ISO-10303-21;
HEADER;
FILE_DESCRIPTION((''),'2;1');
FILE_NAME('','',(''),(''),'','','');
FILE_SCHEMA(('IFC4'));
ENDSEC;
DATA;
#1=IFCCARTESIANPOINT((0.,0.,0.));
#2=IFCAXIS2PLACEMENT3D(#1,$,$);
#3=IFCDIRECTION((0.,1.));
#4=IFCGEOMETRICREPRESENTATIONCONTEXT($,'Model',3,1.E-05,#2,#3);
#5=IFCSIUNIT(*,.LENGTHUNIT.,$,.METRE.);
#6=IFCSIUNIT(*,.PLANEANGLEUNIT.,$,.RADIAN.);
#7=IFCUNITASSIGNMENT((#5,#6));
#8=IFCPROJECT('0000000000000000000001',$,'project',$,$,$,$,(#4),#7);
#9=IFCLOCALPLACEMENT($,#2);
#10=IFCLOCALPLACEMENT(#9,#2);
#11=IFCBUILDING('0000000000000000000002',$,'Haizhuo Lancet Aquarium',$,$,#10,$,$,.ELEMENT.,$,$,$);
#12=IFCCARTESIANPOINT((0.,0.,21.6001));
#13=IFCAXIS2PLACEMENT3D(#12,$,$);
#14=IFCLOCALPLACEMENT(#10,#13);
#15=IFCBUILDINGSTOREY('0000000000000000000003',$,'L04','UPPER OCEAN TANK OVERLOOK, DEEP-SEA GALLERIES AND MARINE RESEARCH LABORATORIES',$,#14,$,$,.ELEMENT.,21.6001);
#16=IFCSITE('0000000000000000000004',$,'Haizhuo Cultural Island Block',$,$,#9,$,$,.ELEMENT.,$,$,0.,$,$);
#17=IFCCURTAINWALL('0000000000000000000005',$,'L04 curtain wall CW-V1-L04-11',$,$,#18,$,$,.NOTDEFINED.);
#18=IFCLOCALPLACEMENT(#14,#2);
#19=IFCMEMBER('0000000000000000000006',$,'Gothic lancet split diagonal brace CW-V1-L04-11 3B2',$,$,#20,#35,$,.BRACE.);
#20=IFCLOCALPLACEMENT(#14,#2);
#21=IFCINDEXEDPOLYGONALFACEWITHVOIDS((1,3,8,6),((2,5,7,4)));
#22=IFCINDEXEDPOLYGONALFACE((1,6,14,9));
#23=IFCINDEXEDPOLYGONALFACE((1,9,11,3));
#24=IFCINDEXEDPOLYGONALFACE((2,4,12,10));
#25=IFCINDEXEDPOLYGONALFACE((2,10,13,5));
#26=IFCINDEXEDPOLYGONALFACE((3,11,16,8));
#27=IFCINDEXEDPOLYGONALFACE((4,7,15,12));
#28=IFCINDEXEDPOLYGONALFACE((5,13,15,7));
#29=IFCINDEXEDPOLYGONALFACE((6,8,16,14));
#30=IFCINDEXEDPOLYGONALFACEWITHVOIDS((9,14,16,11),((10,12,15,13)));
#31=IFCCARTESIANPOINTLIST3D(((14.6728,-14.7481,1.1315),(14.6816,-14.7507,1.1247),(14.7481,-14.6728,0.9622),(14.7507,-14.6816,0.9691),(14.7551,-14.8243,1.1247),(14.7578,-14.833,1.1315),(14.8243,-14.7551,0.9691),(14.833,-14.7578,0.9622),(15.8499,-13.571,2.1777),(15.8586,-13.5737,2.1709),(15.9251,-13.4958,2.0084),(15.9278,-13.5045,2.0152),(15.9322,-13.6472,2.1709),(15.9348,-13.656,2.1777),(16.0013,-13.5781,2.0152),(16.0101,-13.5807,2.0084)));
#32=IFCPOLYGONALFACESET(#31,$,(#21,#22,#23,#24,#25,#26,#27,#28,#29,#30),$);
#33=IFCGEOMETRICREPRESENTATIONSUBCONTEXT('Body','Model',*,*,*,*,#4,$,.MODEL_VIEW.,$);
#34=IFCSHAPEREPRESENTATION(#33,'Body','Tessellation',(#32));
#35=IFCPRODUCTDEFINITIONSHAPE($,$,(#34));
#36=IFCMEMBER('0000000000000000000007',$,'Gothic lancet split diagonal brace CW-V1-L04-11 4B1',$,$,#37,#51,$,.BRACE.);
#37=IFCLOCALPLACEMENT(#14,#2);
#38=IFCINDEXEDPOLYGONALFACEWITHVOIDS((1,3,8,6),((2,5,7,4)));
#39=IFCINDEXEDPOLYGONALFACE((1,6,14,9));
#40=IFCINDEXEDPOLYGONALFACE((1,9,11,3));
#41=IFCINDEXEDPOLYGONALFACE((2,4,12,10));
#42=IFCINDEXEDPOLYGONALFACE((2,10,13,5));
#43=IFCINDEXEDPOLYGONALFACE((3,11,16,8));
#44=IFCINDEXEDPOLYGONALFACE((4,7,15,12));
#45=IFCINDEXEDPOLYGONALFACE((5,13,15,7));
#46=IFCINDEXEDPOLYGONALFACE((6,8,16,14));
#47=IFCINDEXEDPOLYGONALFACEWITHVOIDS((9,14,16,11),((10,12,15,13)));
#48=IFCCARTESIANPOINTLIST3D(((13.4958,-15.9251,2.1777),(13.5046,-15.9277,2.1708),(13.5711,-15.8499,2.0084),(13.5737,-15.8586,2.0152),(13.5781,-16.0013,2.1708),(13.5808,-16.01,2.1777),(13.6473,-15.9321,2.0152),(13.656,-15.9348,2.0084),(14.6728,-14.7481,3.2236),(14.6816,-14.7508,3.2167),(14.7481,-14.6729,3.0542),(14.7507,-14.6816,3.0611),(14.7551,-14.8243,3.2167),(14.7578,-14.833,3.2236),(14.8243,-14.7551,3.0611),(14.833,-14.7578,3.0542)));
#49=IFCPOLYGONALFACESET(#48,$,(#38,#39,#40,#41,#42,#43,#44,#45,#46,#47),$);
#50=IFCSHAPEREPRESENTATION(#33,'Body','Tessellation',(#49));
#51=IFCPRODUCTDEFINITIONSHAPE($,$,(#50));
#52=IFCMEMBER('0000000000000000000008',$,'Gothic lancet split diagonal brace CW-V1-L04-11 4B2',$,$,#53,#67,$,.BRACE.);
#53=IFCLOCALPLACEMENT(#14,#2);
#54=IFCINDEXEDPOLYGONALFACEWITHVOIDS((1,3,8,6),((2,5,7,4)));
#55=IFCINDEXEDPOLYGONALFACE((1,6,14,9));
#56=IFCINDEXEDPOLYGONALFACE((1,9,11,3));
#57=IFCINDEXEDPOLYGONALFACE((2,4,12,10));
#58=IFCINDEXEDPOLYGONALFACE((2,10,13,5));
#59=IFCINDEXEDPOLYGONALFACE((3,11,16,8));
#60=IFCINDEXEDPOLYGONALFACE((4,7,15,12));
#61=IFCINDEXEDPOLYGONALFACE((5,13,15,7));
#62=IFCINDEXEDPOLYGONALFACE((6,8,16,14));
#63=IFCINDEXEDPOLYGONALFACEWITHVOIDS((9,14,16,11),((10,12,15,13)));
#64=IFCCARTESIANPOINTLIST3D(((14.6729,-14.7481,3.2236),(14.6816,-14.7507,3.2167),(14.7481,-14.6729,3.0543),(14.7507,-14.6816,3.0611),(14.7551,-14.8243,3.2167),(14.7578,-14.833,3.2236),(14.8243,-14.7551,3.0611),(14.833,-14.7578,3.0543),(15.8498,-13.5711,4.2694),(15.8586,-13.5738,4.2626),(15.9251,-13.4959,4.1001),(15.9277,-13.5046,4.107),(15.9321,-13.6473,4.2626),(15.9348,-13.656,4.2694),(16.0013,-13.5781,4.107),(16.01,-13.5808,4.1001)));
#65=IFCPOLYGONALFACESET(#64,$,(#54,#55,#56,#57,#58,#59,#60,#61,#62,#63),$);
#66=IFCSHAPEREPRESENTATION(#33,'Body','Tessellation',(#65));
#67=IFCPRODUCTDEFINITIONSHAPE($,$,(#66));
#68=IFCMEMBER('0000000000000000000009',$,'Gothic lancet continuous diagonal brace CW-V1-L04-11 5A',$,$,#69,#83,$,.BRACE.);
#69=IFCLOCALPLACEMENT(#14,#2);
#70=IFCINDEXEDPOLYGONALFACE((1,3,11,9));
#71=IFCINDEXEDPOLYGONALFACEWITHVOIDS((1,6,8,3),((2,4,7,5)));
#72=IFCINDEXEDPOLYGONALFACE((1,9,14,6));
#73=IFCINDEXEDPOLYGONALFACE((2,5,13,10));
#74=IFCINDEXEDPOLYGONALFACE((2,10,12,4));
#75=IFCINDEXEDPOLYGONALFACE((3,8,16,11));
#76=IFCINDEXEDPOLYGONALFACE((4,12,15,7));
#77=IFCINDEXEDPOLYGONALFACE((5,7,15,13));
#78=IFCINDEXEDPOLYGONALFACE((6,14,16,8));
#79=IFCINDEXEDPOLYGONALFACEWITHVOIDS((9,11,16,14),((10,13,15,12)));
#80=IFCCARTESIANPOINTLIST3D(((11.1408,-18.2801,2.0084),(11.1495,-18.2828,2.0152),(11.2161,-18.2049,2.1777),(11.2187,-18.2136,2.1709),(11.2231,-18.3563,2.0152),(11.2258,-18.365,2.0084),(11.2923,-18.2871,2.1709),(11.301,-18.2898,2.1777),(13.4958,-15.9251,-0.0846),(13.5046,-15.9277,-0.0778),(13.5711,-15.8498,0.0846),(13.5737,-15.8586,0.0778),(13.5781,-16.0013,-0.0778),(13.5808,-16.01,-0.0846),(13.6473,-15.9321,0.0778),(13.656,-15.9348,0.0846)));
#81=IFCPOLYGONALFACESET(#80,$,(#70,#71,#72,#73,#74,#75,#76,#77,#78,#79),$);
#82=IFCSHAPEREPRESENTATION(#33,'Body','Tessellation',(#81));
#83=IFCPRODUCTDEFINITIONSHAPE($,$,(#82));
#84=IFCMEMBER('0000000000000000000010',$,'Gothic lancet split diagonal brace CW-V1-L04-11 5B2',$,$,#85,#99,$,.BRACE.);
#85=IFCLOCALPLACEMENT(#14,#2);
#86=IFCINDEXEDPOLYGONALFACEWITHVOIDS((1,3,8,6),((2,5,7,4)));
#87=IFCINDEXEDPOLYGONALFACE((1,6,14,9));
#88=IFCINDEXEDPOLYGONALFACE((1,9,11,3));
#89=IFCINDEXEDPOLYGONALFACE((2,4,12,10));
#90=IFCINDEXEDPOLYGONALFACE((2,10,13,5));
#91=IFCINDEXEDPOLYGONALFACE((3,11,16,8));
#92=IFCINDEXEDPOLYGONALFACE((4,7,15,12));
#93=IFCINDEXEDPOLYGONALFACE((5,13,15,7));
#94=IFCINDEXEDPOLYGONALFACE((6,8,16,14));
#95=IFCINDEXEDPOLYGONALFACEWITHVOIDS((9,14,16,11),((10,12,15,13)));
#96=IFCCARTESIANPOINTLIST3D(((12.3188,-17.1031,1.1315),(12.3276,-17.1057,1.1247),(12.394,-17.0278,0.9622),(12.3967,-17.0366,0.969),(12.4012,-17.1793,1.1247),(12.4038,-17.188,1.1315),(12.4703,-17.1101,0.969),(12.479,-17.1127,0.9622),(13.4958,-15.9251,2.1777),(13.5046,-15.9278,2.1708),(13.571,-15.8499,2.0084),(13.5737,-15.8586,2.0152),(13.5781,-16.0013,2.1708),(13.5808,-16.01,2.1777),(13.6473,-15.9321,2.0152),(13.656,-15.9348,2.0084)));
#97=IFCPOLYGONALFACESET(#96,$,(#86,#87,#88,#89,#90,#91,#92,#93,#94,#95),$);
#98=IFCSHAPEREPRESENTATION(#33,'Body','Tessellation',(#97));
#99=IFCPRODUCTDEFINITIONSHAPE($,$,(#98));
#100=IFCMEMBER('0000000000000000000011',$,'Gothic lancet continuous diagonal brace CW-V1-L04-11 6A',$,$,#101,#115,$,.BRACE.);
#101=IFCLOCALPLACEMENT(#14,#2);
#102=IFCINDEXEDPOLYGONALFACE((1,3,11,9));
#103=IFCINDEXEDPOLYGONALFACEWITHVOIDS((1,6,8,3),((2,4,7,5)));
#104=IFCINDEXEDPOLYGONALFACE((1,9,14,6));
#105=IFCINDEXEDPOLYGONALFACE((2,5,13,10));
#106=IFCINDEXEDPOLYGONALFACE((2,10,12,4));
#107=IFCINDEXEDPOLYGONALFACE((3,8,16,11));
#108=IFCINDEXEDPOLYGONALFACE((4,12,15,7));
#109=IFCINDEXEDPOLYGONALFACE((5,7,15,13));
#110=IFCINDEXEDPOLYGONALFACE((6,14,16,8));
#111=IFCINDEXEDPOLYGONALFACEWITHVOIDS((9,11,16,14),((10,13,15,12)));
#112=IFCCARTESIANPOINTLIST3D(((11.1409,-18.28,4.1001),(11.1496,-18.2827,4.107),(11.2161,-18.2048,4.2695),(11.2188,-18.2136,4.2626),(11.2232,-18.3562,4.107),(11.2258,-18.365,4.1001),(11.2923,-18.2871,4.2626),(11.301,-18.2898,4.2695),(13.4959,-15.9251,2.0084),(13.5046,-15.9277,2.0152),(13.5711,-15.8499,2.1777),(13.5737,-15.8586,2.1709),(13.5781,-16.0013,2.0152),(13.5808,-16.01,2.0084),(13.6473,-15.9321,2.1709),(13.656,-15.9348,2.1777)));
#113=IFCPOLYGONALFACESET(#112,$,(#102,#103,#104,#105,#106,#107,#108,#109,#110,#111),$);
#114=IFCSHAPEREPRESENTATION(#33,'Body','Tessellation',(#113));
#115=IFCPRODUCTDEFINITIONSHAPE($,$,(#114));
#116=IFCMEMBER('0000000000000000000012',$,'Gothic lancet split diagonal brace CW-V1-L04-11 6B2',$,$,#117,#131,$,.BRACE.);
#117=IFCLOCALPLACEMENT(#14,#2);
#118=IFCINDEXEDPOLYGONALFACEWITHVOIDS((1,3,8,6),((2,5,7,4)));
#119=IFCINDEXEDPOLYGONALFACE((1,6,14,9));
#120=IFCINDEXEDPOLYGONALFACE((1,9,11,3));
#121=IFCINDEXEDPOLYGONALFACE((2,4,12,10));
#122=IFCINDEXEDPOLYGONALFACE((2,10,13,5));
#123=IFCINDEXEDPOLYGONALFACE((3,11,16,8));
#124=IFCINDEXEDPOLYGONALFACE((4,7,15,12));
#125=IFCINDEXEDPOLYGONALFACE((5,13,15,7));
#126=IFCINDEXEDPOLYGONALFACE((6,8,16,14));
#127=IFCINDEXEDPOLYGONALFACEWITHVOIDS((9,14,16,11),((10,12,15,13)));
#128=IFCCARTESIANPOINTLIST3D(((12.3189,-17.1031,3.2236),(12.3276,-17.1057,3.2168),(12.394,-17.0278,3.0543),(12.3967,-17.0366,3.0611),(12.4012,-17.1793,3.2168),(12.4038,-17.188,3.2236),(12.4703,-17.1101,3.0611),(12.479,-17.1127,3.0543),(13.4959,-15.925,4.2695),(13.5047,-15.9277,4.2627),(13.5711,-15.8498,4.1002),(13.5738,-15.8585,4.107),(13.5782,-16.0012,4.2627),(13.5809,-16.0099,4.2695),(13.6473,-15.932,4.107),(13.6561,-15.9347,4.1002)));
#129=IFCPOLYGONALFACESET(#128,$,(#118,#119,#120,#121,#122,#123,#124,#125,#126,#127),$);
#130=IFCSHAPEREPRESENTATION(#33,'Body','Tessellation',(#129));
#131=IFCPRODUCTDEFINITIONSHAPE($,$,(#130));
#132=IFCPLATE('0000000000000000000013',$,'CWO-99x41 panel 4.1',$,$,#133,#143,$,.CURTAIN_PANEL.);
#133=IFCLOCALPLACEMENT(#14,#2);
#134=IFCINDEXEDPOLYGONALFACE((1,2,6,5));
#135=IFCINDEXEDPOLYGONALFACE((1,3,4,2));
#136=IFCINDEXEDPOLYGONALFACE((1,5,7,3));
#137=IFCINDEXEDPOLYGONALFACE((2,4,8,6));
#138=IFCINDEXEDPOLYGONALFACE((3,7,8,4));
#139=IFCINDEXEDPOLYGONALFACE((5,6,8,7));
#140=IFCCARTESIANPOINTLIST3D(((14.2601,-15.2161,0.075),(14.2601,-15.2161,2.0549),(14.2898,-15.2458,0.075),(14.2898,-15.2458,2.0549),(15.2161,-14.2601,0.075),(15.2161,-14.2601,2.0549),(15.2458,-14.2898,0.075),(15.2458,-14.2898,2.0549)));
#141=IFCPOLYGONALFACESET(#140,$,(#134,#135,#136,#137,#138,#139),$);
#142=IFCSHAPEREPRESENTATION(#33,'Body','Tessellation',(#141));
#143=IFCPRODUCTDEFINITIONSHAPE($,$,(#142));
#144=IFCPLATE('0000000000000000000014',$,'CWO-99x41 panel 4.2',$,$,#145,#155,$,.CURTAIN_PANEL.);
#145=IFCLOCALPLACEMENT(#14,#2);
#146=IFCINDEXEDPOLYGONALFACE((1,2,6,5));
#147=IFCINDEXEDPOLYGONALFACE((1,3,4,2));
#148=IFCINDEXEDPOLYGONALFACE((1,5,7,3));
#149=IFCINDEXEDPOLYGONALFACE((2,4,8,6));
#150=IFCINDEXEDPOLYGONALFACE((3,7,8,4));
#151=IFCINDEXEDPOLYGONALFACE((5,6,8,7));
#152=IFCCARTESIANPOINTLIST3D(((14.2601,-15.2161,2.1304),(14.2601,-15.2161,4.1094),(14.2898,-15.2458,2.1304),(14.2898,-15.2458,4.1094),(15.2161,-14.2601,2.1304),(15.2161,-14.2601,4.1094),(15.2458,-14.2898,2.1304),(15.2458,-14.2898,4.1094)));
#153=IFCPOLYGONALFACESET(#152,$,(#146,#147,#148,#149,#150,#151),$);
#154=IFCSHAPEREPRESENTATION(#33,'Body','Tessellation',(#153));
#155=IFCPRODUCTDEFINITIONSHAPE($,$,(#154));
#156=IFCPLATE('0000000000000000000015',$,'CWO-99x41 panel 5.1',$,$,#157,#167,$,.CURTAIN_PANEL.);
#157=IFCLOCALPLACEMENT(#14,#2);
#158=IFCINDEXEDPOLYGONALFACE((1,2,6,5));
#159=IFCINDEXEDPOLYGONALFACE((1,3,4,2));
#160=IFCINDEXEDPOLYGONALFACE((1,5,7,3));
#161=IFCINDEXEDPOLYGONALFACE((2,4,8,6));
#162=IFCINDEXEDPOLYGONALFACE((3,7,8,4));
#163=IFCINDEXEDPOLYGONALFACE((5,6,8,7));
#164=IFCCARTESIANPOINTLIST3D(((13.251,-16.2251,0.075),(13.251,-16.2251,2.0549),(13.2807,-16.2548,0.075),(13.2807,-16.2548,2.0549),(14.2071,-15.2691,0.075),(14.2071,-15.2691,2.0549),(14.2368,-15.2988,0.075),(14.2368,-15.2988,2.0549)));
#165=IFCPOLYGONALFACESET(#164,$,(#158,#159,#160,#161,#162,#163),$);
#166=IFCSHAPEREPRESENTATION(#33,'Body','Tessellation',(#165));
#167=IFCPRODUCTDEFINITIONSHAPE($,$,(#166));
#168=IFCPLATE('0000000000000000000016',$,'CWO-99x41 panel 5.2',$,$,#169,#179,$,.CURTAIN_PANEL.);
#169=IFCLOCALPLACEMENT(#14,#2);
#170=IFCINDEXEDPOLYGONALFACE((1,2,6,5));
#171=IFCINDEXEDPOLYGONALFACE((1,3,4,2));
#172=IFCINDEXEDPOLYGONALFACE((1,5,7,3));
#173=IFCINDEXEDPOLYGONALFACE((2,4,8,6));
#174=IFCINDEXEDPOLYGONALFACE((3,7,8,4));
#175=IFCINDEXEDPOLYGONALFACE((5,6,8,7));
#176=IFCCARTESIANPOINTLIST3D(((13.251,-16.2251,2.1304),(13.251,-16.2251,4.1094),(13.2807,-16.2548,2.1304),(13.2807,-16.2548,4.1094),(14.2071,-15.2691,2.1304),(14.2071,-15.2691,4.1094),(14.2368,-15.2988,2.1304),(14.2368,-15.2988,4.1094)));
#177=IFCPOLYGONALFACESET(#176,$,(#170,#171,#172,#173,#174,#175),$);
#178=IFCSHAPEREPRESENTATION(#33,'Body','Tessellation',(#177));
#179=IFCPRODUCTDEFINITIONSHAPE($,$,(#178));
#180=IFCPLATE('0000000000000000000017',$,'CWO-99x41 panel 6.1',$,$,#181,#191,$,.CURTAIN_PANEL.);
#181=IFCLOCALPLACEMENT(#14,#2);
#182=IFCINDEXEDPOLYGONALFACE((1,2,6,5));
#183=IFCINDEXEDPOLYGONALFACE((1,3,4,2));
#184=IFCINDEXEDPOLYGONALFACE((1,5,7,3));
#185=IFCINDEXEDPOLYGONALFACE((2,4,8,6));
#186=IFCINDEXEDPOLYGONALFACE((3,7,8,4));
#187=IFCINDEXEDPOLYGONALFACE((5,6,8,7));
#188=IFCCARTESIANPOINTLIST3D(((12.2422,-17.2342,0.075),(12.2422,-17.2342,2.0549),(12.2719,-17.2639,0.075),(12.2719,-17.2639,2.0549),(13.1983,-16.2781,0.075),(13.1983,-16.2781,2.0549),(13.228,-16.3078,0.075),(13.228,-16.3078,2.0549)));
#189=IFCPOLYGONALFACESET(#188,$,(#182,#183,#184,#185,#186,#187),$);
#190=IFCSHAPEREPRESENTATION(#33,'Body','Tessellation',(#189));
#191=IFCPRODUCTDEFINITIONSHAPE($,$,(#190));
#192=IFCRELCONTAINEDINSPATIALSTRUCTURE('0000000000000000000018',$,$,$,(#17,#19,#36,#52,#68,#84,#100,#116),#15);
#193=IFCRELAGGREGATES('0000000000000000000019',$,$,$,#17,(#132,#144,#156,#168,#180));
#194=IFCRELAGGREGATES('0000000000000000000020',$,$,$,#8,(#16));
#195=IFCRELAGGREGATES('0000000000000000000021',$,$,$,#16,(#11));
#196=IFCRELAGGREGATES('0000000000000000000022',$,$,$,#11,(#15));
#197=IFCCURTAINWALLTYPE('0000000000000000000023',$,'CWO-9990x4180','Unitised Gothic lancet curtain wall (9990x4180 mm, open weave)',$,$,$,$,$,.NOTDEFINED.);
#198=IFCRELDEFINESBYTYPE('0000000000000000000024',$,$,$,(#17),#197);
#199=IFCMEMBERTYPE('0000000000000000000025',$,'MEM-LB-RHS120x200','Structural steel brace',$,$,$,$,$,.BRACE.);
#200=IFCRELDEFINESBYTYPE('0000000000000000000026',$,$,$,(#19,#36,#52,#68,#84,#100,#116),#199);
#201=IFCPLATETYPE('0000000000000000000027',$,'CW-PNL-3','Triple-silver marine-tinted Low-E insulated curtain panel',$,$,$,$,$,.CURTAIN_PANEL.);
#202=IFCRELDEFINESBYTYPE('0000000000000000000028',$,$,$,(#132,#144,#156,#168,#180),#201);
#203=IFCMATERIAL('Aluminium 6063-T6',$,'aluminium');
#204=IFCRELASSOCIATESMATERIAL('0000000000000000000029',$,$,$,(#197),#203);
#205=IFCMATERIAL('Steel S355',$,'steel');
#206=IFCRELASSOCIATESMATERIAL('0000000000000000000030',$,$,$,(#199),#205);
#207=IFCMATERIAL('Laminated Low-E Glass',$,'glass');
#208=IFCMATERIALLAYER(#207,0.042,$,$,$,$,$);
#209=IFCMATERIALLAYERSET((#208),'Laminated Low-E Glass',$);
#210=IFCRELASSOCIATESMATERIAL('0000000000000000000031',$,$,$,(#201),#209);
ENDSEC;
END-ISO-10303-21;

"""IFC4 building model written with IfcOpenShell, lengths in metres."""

from ifc_helpers import new_model, si_unit, direction, frame, origin, origin_2d, place, context, subcontext, project, spatial, rectangle, hollow_rectangle, extrude, material, layer, layer_set, material_profile, profile_set, type_object, element, aggregate, save


model = new_model("IFC4")

# Units and contexts
model_context = context("Model", 3, precision=1e-05, world=origin(), true_north=direction((0.0, 1.0)))
body_context = subcontext(model_context, "Body", "Model", "MODEL_VIEW")
ifc_project = project(units=[si_unit("LENGTHUNIT", "METRE"), si_unit("PLANEANGLEUNIT", "RADIAN")], contexts=[model_context])

# Site, building, storey
site_placement = place(None, origin())
site = spatial("IfcSite", under=ifc_project, at=site_placement, Name="Haizhuo Cultural Island Block", CompositionType="ELEMENT", RefElevation=0.0)
building_placement = place(site_placement, origin())
building = spatial("IfcBuilding", under=site, at=building_placement, Name="Haizhuo Lancet Aquarium", CompositionType="ELEMENT")
storey_placement = place(building_placement, frame((0.0, 0.0, 21.6001)))
storey = spatial("IfcBuildingStorey", under=building, at=storey_placement, Name="L04", Description="UPPER OCEAN TANK OVERLOOK, DEEP-SEA GALLERIES AND MARINE RESEARCH LABORATORIES", CompositionType="ELEMENT", Elevation=21.6001)

# Curtain wall
ifc_material_1 = material(Name="Aluminium 6063-T6", Category="aluminium")
curtain_wall_type = type_object("IfcCurtainWallType", Name="CWO-9990x4180", Description="Unitised Gothic lancet curtain wall (9990x4180 mm, open weave)", PredefinedType="NOTDEFINED", material=ifc_material_1)
curtain_wall_placement = place(storey_placement, origin())
curtain_wall = element("IfcCurtainWall", 1, at=curtain_wall_placement, inside=storey, type_object=curtain_wall_type, Name="L04 curtain wall CW-V1-L04-11", PredefinedType="NOTDEFINED")

# Members
ifc_material_2 = material(Name="Steel S355", Category="steel")
ifc_material_profile_1 = material_profile(ifc_material_2, hollow_rectangle(XDim=0.1201, YDim=0.2, WallThickness=0.0081, at=origin_2d()), Name="RHS 120x200x8")
ifc_profile_set_1 = profile_set([ifc_material_profile_1], Name="Steel S355")
member_type_1 = type_object("IfcMemberType", Name="MEM-LB-RHS120x200", Description="Structural steel brace", PredefinedType="BRACE", material=ifc_profile_set_1)
member_1_placement = place(storey_placement, frame((14.7529, -14.7529, 1.0469), z_axis=(0.598684, 0.598684, 0.532122), x_axis=(-0.707107, 0.707107, 0.0)))
element("IfcMember", 2, at=member_1_placement, inside=storey, type_object=member_type_1, Name="Gothic lancet split diagonal brace CW-V1-L04-11 3B2", PredefinedType="BRACE", context=body_context, shape_type="SweptSolid", body=[
    extrude(hollow_rectangle(XDim=0.1201, YDim=0.2, WallThickness=0.0081, at=origin_2d()), origin(), (0.0, 0.0, 1.0), 1.9661),
])
for number, where, z_axis, x_axis, name in (
    (3, (13.5759, -15.9299, 2.093), (0.598724, 0.598724, 0.532033), (-0.707107, 0.707107, 0.0), "Gothic lancet split diagonal brace CW-V1-L04-11 4B1"),
    (4, (14.7529, -14.7529, 3.1389), (0.598724, 0.598724, 0.532033), (-0.707107, 0.707107, 0.0), "Gothic lancet split diagonal brace CW-V1-L04-11 4B2"),
):
    element("IfcMember", number, at=place(storey_placement, frame(where, z_axis=z_axis, x_axis=x_axis)), inside=storey, type_object=member_type_1, Name=name, PredefinedType="BRACE", context=body_context, shape_type="SweptSolid", body=[
        extrude(hollow_rectangle(XDim=0.1201, YDim=0.2, WallThickness=0.0081, at=origin_2d()), origin(), (0.0, 0.0, 1.0), 1.9658),
    ])
member_2_placement = place(storey_placement, frame((13.5759, -15.9299, 0.0), z_axis=(-0.598695, -0.598695, 0.532098), x_axis=(0.707107, -0.707107, 0.0)))
element("IfcMember", 5, at=member_2_placement, inside=storey, type_object=member_type_1, Name="Gothic lancet continuous diagonal brace CW-V1-L04-11 5A", PredefinedType="BRACE", context=body_context, shape_type="SweptSolid", body=[
    extrude(hollow_rectangle(XDim=0.1201, YDim=0.2, WallThickness=0.0081, at=origin_2d()), origin(), (0.0, 0.0, 1.0), 3.9336),
])
member_3_placement = place(storey_placement, frame((12.3989, -17.1079, 1.0469), z_axis=(0.598506, 0.599003, 0.531964), x_axis=(-0.7074, 0.706813, 0.0)))
element("IfcMember", 6, at=member_3_placement, inside=storey, type_object=member_type_1, Name="Gothic lancet split diagonal brace CW-V1-L04-11 5B2", PredefinedType="BRACE", context=body_context, shape_type="SweptSolid", body=[
    extrude(hollow_rectangle(XDim=0.1201, YDim=0.2, WallThickness=0.0081, at=origin_2d()), origin(), (0.0, 0.0, 1.0), 1.9666),
])
member_4_placement = place(storey_placement, frame((13.5759, -15.9299, 2.093), z_axis=(-0.598794, -0.598794, 0.531875), x_axis=(0.707107, -0.707107, 0.0)))
element("IfcMember", 7, at=member_4_placement, inside=storey, type_object=member_type_1, Name="Gothic lancet continuous diagonal brace CW-V1-L04-11 6A", PredefinedType="BRACE", context=body_context, shape_type="SweptSolid", body=[
    extrude(hollow_rectangle(XDim=0.1201, YDim=0.2, WallThickness=0.0081, at=origin_2d()), origin(), (0.0, 0.0, 1.0), 3.9329),
])
member_5_placement = place(storey_placement, frame((12.3989, -17.1079, 3.1389), z_axis=(0.598546, 0.599042, 0.531875), x_axis=(-0.7074, 0.706813, 0.0)))
element("IfcMember", 8, at=member_5_placement, inside=storey, type_object=member_type_1, Name="Gothic lancet split diagonal brace CW-V1-L04-11 6B2", PredefinedType="BRACE", context=body_context, shape_type="SweptSolid", body=[
    extrude(hollow_rectangle(XDim=0.1201, YDim=0.2, WallThickness=0.0081, at=origin_2d()), origin(), (0.0, 0.0, 1.0), 1.9666),
])

# Plates
ifc_material_3 = material(Name="Laminated Low-E Glass", Category="glass")
ifc_layer = layer(ifc_material_3, 0.042)
ifc_layer_set = layer_set([ifc_layer], Name="Laminated Low-E Glass")
plate_type = type_object("IfcPlateType", Name="CW-PNL-3", Description="Triple-silver marine-tinted Low-E insulated curtain panel", PredefinedType="CURTAIN_PANEL", material=ifc_layer_set)
plate_1_placement = place(storey_placement, frame((14.7529, -14.7529, 0.075), z_axis=(0.0, 0.0, 1.0), x_axis=(-0.707107, -0.707107, 0.0)))
plate_1 = element("IfcPlate", 9, at=plate_1_placement, type_object=plate_type, Name="CWO-99x41 panel 4.1", PredefinedType="CURTAIN_PANEL", context=body_context, shape_type="SweptSolid", body=[
    extrude(rectangle(XDim=1.3521, YDim=0.042, at=origin_2d()), origin(), (0.0, 0.0, 1.0), 1.98),
])
plate_2_placement = place(storey_placement, frame((14.7529, -14.7529, 2.1304), z_axis=(0.0, 0.0, 1.0), x_axis=(-0.707107, -0.707107, 0.0)))
plate_2 = element("IfcPlate", 10, at=plate_2_placement, type_object=plate_type, Name="CWO-99x41 panel 4.2", PredefinedType="CURTAIN_PANEL", context=body_context, shape_type="SweptSolid", body=[
    extrude(rectangle(XDim=1.3521, YDim=0.042, at=origin_2d()), origin(), (0.0, 0.0, 1.0), 1.979),
])
plate_3_placement = place(storey_placement, frame((13.7439, -15.762, 0.075), z_axis=(0.0, 0.0, 1.0), x_axis=(-0.707107, -0.707107, 0.0)))
plate_3 = element("IfcPlate", 11, at=plate_3_placement, type_object=plate_type, Name="CWO-99x41 panel 5.1", PredefinedType="CURTAIN_PANEL", context=body_context, shape_type="SweptSolid", body=[
    extrude(rectangle(XDim=1.3521, YDim=0.042, at=origin_2d()), origin(), (0.0, 0.0, 1.0), 1.98),
])
plate_4_placement = place(storey_placement, frame((13.7439, -15.762, 2.1304), z_axis=(0.0, 0.0, 1.0), x_axis=(-0.707107, -0.707107, 0.0)))
plate_4 = element("IfcPlate", 12, at=plate_4_placement, type_object=plate_type, Name="CWO-99x41 panel 5.2", PredefinedType="CURTAIN_PANEL", context=body_context, shape_type="SweptSolid", body=[
    extrude(rectangle(XDim=1.3521, YDim=0.042, at=origin_2d()), origin(), (0.0, 0.0, 1.0), 1.979),
])
plate_5_placement = place(storey_placement, frame((12.7351, -16.771, 0.075), z_axis=(0.0, 0.0, 1.0), x_axis=(-0.707107, -0.707107, 0.0)))
plate_5 = element("IfcPlate", 13, at=plate_5_placement, type_object=plate_type, Name="CWO-99x41 panel 6.1", PredefinedType="CURTAIN_PANEL", context=body_context, shape_type="SweptSolid", body=[
    extrude(rectangle(XDim=1.3521, YDim=0.042, at=origin_2d()), origin(), (0.0, 0.0, 1.0), 1.98),
])
aggregate(curtain_wall, [plate_1, plate_2, plate_3, plate_4, plate_5])

save(model, "model.ifc")
